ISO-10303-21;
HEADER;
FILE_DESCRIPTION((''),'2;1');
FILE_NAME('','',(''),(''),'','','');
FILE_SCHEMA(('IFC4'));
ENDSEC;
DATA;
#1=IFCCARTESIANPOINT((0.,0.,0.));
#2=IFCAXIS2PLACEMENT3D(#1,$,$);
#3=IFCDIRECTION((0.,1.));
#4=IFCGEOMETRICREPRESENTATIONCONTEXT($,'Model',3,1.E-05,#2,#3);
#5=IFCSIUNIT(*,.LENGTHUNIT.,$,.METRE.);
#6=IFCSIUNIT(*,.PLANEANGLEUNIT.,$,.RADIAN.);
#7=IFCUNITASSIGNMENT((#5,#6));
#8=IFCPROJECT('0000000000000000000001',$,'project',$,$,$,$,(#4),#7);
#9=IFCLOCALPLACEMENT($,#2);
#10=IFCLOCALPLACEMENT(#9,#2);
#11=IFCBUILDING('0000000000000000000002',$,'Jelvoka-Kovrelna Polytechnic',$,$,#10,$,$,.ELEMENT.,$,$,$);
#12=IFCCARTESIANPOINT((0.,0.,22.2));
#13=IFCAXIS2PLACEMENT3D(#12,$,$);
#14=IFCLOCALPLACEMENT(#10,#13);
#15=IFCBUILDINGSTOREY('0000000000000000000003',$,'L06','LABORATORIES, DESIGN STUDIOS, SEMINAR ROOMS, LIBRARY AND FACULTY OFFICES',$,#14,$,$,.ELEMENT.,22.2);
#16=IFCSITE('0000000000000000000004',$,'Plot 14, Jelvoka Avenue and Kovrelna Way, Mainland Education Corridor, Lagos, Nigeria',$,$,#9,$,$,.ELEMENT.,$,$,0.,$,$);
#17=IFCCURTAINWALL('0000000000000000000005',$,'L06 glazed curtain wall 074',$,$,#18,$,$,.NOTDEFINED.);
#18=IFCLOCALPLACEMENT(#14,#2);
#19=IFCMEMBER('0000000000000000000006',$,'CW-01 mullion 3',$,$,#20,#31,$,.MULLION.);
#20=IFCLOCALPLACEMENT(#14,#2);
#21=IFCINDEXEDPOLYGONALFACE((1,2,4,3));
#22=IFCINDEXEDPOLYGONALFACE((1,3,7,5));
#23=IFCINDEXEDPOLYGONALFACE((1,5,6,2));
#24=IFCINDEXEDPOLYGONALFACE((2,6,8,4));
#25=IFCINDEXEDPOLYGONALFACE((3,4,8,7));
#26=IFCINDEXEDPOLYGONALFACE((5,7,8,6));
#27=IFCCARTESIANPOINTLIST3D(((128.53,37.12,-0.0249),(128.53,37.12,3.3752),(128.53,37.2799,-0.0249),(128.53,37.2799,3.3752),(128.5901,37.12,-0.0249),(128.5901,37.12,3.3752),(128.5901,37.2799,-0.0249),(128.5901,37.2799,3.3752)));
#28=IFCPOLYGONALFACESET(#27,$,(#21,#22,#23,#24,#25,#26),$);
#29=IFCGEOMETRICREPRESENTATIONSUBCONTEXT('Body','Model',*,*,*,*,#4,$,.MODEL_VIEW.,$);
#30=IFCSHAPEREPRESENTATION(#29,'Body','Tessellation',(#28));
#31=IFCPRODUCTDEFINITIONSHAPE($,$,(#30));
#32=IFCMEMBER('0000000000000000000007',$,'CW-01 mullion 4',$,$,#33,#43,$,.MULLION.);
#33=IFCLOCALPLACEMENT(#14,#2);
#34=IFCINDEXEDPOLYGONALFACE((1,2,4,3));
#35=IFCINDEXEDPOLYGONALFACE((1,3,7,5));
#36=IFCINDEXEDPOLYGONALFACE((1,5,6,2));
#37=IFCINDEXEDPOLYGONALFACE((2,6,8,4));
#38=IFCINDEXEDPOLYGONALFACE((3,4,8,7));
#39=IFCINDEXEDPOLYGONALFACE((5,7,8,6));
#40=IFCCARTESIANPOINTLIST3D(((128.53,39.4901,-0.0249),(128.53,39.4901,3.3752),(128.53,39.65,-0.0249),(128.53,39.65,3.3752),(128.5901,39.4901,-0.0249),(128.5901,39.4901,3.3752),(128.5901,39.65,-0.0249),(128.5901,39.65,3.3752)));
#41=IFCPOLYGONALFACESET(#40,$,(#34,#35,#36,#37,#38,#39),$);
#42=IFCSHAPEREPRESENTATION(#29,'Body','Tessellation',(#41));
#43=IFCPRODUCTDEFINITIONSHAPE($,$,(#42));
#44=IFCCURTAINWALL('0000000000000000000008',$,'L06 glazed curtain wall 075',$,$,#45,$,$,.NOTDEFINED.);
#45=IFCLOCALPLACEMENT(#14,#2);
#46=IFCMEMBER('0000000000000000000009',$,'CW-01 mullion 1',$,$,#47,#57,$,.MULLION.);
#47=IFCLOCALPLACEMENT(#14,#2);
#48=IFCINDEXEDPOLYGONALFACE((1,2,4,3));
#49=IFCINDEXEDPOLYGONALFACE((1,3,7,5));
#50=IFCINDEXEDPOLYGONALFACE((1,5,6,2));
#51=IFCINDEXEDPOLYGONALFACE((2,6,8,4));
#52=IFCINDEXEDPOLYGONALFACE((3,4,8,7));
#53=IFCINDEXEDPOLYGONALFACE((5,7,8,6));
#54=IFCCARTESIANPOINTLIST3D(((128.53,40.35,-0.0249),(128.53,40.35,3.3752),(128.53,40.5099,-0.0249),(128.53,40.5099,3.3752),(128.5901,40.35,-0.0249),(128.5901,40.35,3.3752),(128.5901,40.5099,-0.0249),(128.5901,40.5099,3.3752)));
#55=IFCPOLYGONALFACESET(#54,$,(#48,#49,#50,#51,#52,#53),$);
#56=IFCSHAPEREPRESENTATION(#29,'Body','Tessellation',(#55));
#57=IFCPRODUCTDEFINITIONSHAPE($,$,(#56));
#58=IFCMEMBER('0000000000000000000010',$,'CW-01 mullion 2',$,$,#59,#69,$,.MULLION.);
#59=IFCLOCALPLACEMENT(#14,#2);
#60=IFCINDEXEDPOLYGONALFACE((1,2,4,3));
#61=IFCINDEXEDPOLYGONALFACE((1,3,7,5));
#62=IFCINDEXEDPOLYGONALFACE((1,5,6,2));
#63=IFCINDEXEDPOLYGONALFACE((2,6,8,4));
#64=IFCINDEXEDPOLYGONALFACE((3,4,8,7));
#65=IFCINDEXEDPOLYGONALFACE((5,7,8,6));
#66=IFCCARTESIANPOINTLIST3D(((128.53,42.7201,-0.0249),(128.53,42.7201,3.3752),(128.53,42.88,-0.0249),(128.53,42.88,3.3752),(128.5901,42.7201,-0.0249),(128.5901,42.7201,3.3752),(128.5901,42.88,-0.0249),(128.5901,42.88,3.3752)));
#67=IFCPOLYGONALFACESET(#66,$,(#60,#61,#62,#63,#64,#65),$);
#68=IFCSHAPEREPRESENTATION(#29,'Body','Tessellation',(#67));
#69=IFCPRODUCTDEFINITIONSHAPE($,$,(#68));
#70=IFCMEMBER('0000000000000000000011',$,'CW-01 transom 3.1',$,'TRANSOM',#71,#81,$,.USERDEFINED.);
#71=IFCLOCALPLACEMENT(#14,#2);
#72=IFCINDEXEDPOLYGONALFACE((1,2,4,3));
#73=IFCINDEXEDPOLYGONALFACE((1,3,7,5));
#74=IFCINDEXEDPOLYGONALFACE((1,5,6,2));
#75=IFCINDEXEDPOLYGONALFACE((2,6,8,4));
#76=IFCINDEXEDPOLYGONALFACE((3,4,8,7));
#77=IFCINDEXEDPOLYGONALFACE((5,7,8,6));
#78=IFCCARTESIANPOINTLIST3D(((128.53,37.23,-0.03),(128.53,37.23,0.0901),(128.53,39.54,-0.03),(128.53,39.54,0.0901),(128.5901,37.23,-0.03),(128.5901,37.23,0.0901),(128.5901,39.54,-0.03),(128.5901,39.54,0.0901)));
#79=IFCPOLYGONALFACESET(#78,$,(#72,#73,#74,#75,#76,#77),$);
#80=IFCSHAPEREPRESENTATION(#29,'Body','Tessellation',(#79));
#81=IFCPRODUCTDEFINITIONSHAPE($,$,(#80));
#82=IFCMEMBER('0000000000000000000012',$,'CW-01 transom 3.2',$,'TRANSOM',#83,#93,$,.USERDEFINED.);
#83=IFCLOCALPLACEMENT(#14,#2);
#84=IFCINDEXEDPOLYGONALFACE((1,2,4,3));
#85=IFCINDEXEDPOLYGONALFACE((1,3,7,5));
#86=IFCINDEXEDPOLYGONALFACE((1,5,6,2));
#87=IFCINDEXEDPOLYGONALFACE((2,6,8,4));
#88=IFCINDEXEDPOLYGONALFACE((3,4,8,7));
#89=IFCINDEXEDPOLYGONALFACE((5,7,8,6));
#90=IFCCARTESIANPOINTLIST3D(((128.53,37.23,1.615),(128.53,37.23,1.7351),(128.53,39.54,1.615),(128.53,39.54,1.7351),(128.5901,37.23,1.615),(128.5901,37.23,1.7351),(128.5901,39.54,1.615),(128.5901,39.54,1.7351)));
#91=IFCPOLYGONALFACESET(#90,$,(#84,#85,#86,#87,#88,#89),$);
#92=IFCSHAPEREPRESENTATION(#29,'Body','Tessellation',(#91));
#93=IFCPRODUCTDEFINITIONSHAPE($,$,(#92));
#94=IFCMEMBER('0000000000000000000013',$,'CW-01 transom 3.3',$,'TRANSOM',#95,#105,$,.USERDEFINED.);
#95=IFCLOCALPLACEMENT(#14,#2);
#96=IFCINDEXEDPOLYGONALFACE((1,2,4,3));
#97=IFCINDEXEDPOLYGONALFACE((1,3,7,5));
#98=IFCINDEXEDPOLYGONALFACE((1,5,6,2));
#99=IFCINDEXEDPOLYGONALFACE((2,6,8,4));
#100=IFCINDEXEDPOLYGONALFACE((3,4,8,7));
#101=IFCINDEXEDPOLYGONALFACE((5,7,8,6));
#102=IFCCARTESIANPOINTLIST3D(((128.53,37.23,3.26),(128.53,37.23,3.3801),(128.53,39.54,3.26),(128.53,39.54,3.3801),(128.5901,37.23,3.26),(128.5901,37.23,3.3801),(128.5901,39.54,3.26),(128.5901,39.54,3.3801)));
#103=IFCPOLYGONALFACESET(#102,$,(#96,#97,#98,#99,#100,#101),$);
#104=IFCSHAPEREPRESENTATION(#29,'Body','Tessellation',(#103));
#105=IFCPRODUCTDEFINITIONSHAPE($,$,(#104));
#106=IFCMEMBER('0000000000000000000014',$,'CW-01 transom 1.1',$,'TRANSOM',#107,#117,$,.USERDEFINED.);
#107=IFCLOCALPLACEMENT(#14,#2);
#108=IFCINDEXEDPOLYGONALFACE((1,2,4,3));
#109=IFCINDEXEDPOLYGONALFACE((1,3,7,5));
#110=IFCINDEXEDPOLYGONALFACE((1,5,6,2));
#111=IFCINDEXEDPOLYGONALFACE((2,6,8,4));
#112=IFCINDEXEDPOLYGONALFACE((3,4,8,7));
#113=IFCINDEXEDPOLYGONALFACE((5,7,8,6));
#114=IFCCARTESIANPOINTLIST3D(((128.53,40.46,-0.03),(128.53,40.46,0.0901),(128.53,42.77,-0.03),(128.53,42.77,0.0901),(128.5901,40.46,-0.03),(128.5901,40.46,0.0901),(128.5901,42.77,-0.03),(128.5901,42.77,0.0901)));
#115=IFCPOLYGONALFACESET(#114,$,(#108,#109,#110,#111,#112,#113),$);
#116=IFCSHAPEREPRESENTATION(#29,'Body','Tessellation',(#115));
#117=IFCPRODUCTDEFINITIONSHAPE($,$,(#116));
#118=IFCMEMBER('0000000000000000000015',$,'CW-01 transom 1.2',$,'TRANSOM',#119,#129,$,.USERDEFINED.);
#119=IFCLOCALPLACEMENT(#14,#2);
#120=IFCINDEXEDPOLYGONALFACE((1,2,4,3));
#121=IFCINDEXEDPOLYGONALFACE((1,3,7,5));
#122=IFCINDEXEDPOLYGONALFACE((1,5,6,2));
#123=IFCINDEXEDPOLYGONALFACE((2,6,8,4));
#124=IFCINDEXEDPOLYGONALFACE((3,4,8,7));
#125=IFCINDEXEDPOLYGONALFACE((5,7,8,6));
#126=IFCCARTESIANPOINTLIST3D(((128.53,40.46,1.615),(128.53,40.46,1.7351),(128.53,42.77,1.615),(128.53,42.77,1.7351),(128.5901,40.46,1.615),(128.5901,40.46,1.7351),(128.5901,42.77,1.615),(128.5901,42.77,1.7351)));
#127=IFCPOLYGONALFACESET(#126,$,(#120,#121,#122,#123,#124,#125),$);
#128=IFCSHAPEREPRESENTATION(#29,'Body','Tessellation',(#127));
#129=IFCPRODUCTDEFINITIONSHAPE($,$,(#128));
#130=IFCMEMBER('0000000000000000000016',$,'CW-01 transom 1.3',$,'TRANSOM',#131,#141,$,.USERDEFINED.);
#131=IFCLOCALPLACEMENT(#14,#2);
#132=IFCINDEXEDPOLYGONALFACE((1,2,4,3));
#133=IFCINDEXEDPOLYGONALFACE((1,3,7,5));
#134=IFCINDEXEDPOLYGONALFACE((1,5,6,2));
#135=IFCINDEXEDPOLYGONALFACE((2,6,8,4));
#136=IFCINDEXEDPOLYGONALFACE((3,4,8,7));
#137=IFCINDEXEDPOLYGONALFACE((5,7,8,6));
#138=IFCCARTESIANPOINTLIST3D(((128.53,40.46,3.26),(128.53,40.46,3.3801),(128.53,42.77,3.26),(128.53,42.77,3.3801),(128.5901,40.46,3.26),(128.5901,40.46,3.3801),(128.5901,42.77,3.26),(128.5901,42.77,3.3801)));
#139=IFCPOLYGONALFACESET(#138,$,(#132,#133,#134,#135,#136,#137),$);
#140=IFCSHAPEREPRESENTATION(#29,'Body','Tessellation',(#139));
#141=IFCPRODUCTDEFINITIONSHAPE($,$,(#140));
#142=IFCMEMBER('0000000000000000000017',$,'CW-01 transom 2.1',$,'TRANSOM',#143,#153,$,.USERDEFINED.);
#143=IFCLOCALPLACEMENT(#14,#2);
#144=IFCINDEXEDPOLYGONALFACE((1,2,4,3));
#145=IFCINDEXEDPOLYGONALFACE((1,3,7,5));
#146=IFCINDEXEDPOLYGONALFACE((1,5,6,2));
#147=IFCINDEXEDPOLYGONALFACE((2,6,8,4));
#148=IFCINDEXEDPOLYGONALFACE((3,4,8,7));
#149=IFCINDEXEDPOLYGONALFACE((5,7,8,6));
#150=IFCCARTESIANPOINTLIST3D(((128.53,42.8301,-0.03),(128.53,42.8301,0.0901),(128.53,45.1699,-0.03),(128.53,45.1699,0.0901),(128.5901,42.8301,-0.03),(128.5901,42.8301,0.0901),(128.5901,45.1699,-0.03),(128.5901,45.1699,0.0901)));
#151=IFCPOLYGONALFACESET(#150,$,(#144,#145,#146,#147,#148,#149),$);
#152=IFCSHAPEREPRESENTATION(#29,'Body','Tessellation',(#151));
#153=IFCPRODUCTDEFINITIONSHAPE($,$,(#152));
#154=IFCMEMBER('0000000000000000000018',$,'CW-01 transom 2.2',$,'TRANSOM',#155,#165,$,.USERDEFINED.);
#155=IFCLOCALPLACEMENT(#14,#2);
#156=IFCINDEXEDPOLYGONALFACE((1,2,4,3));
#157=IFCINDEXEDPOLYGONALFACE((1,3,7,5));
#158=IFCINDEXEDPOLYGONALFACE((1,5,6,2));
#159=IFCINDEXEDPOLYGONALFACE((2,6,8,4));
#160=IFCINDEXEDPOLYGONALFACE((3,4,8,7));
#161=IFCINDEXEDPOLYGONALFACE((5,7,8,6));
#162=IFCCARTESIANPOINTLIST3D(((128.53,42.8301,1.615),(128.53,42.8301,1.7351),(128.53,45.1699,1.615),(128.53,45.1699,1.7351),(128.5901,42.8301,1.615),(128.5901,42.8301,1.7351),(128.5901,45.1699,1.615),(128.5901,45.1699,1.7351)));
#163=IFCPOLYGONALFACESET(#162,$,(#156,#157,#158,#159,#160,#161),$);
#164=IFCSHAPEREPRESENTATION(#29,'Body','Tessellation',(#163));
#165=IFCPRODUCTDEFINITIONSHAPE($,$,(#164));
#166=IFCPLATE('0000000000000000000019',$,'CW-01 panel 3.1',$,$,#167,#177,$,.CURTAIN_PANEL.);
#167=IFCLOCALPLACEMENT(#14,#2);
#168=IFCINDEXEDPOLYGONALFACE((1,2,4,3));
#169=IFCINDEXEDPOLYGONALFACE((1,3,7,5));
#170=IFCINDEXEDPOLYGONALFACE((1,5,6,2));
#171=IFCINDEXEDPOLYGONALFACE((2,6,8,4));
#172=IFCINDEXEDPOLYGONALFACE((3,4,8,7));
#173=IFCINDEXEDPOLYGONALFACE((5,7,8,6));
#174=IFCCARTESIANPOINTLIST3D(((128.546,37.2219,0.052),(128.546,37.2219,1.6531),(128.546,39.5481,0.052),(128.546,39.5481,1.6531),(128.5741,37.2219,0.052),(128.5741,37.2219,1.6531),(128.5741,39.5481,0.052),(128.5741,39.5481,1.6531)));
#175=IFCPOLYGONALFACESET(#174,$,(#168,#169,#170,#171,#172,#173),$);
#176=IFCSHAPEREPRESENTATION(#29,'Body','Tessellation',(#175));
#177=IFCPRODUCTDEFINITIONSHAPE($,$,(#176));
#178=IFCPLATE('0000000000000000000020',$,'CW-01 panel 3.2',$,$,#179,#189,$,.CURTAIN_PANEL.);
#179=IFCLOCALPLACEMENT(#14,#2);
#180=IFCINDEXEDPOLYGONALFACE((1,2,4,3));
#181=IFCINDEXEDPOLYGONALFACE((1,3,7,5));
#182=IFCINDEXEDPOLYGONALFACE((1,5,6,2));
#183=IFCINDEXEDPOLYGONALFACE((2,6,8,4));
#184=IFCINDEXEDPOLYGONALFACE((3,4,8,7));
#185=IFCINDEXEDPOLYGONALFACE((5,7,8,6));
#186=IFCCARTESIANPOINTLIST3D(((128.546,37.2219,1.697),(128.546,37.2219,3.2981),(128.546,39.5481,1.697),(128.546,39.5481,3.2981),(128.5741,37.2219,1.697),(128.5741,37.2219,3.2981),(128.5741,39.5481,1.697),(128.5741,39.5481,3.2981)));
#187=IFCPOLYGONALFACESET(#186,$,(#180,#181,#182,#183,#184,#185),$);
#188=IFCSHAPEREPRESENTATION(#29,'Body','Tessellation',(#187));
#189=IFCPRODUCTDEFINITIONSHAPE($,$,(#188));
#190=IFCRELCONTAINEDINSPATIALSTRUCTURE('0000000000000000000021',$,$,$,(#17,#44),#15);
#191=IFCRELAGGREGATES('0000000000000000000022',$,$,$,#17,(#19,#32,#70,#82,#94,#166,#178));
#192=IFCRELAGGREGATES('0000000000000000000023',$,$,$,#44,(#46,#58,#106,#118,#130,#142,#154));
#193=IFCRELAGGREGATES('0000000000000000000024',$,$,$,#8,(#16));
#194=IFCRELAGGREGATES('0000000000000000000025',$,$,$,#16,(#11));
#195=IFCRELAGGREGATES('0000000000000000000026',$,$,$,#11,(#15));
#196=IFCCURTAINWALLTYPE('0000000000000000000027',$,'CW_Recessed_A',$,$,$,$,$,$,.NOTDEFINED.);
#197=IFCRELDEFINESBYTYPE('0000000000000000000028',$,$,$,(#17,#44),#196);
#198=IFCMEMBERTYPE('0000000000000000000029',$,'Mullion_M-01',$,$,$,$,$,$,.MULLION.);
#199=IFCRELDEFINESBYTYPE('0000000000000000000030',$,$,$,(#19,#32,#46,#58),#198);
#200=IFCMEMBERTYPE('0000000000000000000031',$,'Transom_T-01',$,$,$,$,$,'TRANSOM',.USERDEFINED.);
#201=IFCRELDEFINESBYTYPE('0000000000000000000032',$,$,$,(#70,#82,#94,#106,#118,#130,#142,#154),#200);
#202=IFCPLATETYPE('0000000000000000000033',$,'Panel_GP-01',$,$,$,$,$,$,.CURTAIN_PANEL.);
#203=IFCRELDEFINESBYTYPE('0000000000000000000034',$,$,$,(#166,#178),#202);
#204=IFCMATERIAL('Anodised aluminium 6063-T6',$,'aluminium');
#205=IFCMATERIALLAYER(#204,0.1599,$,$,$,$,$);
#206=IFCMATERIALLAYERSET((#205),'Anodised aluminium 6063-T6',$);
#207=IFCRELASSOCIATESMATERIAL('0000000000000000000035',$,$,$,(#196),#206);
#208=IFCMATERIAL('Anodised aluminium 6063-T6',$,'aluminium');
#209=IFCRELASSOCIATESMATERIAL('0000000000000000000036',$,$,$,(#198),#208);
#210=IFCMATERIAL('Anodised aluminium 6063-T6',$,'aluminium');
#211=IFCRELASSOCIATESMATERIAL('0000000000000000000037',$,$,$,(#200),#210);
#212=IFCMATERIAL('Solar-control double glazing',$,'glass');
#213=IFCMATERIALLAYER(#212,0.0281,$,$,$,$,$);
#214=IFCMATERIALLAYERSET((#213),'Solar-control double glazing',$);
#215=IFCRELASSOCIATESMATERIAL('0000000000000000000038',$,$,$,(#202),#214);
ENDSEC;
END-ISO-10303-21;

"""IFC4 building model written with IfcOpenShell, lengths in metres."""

from ifc_helpers import new_model, si_unit, direction, frame, origin, origin_2d, place, context, subcontext, project, spatial, rectangle, extrude, material, layer, layer_set, material_profile, profile_set, type_object, element, aggregate, save


model = new_model("IFC4")

# Units and contexts
model_context = context("Model", 3, precision=1e-05, world=origin(), true_north=direction((0.0, 1.0)))
body_context = subcontext(model_context, "Body", "Model", "MODEL_VIEW")
ifc_project = project(units=[si_unit("LENGTHUNIT", "METRE"), si_unit("PLANEANGLEUNIT", "RADIAN")], contexts=[model_context])

# Site, building, storey
site_placement = place(None, origin())
site = spatial("IfcSite", under=ifc_project, at=site_placement, Name="Plot 14, Jelvoka Avenue and Kovrelna Way, Mainland Education Corridor, Lagos, Nigeria", CompositionType="ELEMENT", RefElevation=0.0)
building_placement = place(site_placement, origin())
building = spatial("IfcBuilding", under=site, at=building_placement, Name="Jelvoka-Kovrelna Polytechnic", CompositionType="ELEMENT")
storey_placement = place(building_placement, frame((0.0, 0.0, 22.2)))
storey = spatial("IfcBuildingStorey", under=building, at=storey_placement, Name="L06", Description="LABORATORIES, DESIGN STUDIOS, SEMINAR ROOMS, LIBRARY AND FACULTY OFFICES", CompositionType="ELEMENT", Elevation=22.2)

# Curtain walls, members
ifc_material_1 = material(Name="Anodised aluminium 6063-T6", Category="aluminium")
ifc_layer_1 = layer(ifc_material_1, 0.1599)
ifc_layer_set_1 = layer_set([ifc_layer_1], Name="Anodised aluminium 6063-T6")
curtain_wall_type = type_object("IfcCurtainWallType", Name="CW_Recessed_A", PredefinedType="NOTDEFINED", material=ifc_layer_set_1)
curtain_wall_1_placement = place(storey_placement, origin())
curtain_wall_1 = element("IfcCurtainWall", 1, at=curtain_wall_1_placement, inside=storey, type_object=curtain_wall_type, Name="L06 glazed curtain wall 074", PredefinedType="NOTDEFINED")
ifc_material_2 = material(Name="Anodised aluminium 6063-T6", Category="aluminium")
ifc_material_profile_1 = material_profile(ifc_material_2, rectangle(XDim=0.0601, YDim=0.1599, at=origin_2d()), Name="ALU 60x160")
ifc_profile_set_1 = profile_set([ifc_material_profile_1], Name="Anodised aluminium 6063-T6")
member_type_1 = type_object("IfcMemberType", Name="Mullion_M-01", PredefinedType="MULLION", material=ifc_profile_set_1)
member_1_placement = place(storey_placement, frame((128.5601, 37.2, -0.0249), z_axis=(0.0, 0.0, 1.0), x_axis=(-1.0, 0.0, 0.0)))
member_1 = element("IfcMember", 2, at=member_1_placement, type_object=member_type_1, Name="CW-01 mullion 3", PredefinedType="MULLION", context=body_context, shape_type="SweptSolid", body=[
    extrude(rectangle(XDim=0.0601, YDim=0.1599, at=origin_2d()), origin(), (0.0, 0.0, 1.0), 3.4001),
])
member_2_placement = place(storey_placement, frame((128.5601, 39.5701, -0.0249), z_axis=(0.0, 0.0, 1.0), x_axis=(-1.0, 0.0, 0.0)))
member_2 = element("IfcMember", 3, at=member_2_placement, type_object=member_type_1, Name="CW-01 mullion 4", PredefinedType="MULLION", context=body_context, shape_type="SweptSolid", body=[
    extrude(rectangle(XDim=0.0601, YDim=0.1599, at=origin_2d()), origin(), (0.0, 0.0, 1.0), 3.4001),
])
curtain_wall_2_placement = place(storey_placement, origin())
curtain_wall_2 = element("IfcCurtainWall", 4, at=curtain_wall_2_placement, inside=storey, type_object=curtain_wall_type, Name="L06 glazed curtain wall 075", PredefinedType="NOTDEFINED")
member_3_placement = place(storey_placement, frame((128.5601, 40.4299, -0.0249), z_axis=(0.0, 0.0, 1.0), x_axis=(-1.0, 0.0, 0.0)))
member_3 = element("IfcMember", 5, at=member_3_placement, type_object=member_type_1, Name="CW-01 mullion 1", PredefinedType="MULLION", context=body_context, shape_type="SweptSolid", body=[
    extrude(rectangle(XDim=0.0601, YDim=0.1599, at=origin_2d()), origin(), (0.0, 0.0, 1.0), 3.4001),
])
member_4_placement = place(storey_placement, frame((128.5601, 42.8, -0.0249), z_axis=(0.0, 0.0, 1.0), x_axis=(-1.0, 0.0, 0.0)))
member_4 = element("IfcMember", 6, at=member_4_placement, type_object=member_type_1, Name="CW-01 mullion 2", PredefinedType="MULLION", context=body_context, shape_type="SweptSolid", body=[
    extrude(rectangle(XDim=0.0601, YDim=0.1599, at=origin_2d()), origin(), (0.0, 0.0, 1.0), 3.4001),
])

# Members
ifc_material_3 = material(Name="Anodised aluminium 6063-T6", Category="aluminium")
ifc_material_profile_2 = material_profile(ifc_material_3, rectangle(XDim=0.0601, YDim=0.1201, at=origin_2d()), Name="ALU 60x120")
ifc_profile_set_2 = profile_set([ifc_material_profile_2], Name="Anodised aluminium 6063-T6")
member_type_2 = type_object("IfcMemberType", Name="Transom_T-01", ElementType="TRANSOM", PredefinedType="USERDEFINED", material=ifc_profile_set_2)
member_5_placement = place(storey_placement, frame((128.5601, 37.23, 0.03), z_axis=(0.0, 1.0, 0.0), x_axis=(-1.0, 0.0, 0.0)))
member_5 = element("IfcMember", 7, at=member_5_placement, type_object=member_type_2, Name="CW-01 transom 3.1", ObjectType="TRANSOM", PredefinedType="USERDEFINED", context=body_context, shape_type="SweptSolid", body=[
    extrude(rectangle(XDim=0.0601, YDim=0.1201, at=origin_2d()), origin(), (0.0, 0.0, 1.0), 2.3101),
])
member_6_placement = place(storey_placement, frame((128.5601, 37.23, 1.675), z_axis=(0.0, 1.0, 0.0), x_axis=(-1.0, 0.0, 0.0)))
member_6 = element("IfcMember", 8, at=member_6_placement, type_object=member_type_2, Name="CW-01 transom 3.2", ObjectType="TRANSOM", PredefinedType="USERDEFINED", context=body_context, shape_type="SweptSolid", body=[
    extrude(rectangle(XDim=0.0601, YDim=0.1201, at=origin_2d()), origin(), (0.0, 0.0, 1.0), 2.3101),
])
member_7_placement = place(storey_placement, frame((128.5601, 37.23, 3.3201), z_axis=(0.0, 1.0, 0.0), x_axis=(-1.0, 0.0, 0.0)))
member_7 = element("IfcMember", 9, at=member_7_placement, type_object=member_type_2, Name="CW-01 transom 3.3", ObjectType="TRANSOM", PredefinedType="USERDEFINED", context=body_context, shape_type="SweptSolid", body=[
    extrude(rectangle(XDim=0.0601, YDim=0.1201, at=origin_2d()), origin(), (0.0, 0.0, 1.0), 2.3101),
])
member_8_placement = place(storey_placement, frame((128.5601, 40.46, 0.03), z_axis=(0.0, 1.0, 0.0), x_axis=(-1.0, 0.0, 0.0)))
member_8 = element("IfcMember", 10, at=member_8_placement, type_object=member_type_2, Name="CW-01 transom 1.1", ObjectType="TRANSOM", PredefinedType="USERDEFINED", context=body_context, shape_type="SweptSolid", body=[
    extrude(rectangle(XDim=0.0601, YDim=0.1201, at=origin_2d()), origin(), (0.0, 0.0, 1.0), 2.3101),
])
member_9_placement = place(storey_placement, frame((128.5601, 40.46, 1.675), z_axis=(0.0, 1.0, 0.0), x_axis=(-1.0, 0.0, 0.0)))
member_9 = element("IfcMember", 11, at=member_9_placement, type_object=member_type_2, Name="CW-01 transom 1.2", ObjectType="TRANSOM", PredefinedType="USERDEFINED", context=body_context, shape_type="SweptSolid", body=[
    extrude(rectangle(XDim=0.0601, YDim=0.1201, at=origin_2d()), origin(), (0.0, 0.0, 1.0), 2.3101),
])
member_10_placement = place(storey_placement, frame((128.5601, 40.46, 3.3201), z_axis=(0.0, 1.0, 0.0), x_axis=(-1.0, 0.0, 0.0)))
member_10 = element("IfcMember", 12, at=member_10_placement, type_object=member_type_2, Name="CW-01 transom 1.3", ObjectType="TRANSOM", PredefinedType="USERDEFINED", context=body_context, shape_type="SweptSolid", body=[
    extrude(rectangle(XDim=0.0601, YDim=0.1201, at=origin_2d()), origin(), (0.0, 0.0, 1.0), 2.3101),
])
member_11_placement = place(storey_placement, frame((128.5601, 42.8301, 0.03), z_axis=(0.0, 1.0, 0.0), x_axis=(-1.0, 0.0, 0.0)))
member_11 = element("IfcMember", 13, at=member_11_placement, type_object=member_type_2, Name="CW-01 transom 2.1", ObjectType="TRANSOM", PredefinedType="USERDEFINED", context=body_context, shape_type="SweptSolid", body=[
    extrude(rectangle(XDim=0.0601, YDim=0.1201, at=origin_2d()), origin(), (0.0, 0.0, 1.0), 2.3398),
])
member_12_placement = place(storey_placement, frame((128.5601, 42.8301, 1.675), z_axis=(0.0, 1.0, 0.0), x_axis=(-1.0, 0.0, 0.0)))
member_12 = element("IfcMember", 14, at=member_12_placement, type_object=member_type_2, Name="CW-01 transom 2.2", ObjectType="TRANSOM", PredefinedType="USERDEFINED", context=body_context, shape_type="SweptSolid", body=[
    extrude(rectangle(XDim=0.0601, YDim=0.1201, at=origin_2d()), origin(), (0.0, 0.0, 1.0), 2.3398),
])

# Plates
ifc_material_4 = material(Name="Solar-control double glazing", Category="glass")
ifc_layer_2 = layer(ifc_material_4, 0.0281)
ifc_layer_set_2 = layer_set([ifc_layer_2], Name="Solar-control double glazing")
plate_type = type_object("IfcPlateType", Name="Panel_GP-01", PredefinedType="CURTAIN_PANEL", material=ifc_layer_set_2)
plate_1_placement = place(storey_placement, frame((128.5601, 38.385, 0.052), z_axis=(0.0, 0.0, 1.0), x_axis=(0.0, 1.0, 0.0)))
plate_1 = element("IfcPlate", 15, at=plate_1_placement, type_object=plate_type, Name="CW-01 panel 3.1", PredefinedType="CURTAIN_PANEL", context=body_context, shape_type="SweptSolid", body=[
    extrude(rectangle(XDim=2.3262, YDim=0.0281, at=origin_2d()), origin(), (0.0, 0.0, 1.0), 1.6011),
])
plate_2_placement = place(storey_placement, frame((128.5601, 38.385, 1.697), z_axis=(0.0, 0.0, 1.0), x_axis=(0.0, 1.0, 0.0)))
plate_2 = element("IfcPlate", 16, at=plate_2_placement, type_object=plate_type, Name="CW-01 panel 3.2", PredefinedType="CURTAIN_PANEL", context=body_context, shape_type="SweptSolid", body=[
    extrude(rectangle(XDim=2.3262, YDim=0.0281, at=origin_2d()), origin(), (0.0, 0.0, 1.0), 1.6011),
])
aggregate(curtain_wall_1, [member_1, member_2, member_5, member_6, member_7, plate_1, plate_2])
aggregate(curtain_wall_2, [member_3, member_4, member_8, member_9, member_10, member_11, member_12])

save(model, "model.ifc")
